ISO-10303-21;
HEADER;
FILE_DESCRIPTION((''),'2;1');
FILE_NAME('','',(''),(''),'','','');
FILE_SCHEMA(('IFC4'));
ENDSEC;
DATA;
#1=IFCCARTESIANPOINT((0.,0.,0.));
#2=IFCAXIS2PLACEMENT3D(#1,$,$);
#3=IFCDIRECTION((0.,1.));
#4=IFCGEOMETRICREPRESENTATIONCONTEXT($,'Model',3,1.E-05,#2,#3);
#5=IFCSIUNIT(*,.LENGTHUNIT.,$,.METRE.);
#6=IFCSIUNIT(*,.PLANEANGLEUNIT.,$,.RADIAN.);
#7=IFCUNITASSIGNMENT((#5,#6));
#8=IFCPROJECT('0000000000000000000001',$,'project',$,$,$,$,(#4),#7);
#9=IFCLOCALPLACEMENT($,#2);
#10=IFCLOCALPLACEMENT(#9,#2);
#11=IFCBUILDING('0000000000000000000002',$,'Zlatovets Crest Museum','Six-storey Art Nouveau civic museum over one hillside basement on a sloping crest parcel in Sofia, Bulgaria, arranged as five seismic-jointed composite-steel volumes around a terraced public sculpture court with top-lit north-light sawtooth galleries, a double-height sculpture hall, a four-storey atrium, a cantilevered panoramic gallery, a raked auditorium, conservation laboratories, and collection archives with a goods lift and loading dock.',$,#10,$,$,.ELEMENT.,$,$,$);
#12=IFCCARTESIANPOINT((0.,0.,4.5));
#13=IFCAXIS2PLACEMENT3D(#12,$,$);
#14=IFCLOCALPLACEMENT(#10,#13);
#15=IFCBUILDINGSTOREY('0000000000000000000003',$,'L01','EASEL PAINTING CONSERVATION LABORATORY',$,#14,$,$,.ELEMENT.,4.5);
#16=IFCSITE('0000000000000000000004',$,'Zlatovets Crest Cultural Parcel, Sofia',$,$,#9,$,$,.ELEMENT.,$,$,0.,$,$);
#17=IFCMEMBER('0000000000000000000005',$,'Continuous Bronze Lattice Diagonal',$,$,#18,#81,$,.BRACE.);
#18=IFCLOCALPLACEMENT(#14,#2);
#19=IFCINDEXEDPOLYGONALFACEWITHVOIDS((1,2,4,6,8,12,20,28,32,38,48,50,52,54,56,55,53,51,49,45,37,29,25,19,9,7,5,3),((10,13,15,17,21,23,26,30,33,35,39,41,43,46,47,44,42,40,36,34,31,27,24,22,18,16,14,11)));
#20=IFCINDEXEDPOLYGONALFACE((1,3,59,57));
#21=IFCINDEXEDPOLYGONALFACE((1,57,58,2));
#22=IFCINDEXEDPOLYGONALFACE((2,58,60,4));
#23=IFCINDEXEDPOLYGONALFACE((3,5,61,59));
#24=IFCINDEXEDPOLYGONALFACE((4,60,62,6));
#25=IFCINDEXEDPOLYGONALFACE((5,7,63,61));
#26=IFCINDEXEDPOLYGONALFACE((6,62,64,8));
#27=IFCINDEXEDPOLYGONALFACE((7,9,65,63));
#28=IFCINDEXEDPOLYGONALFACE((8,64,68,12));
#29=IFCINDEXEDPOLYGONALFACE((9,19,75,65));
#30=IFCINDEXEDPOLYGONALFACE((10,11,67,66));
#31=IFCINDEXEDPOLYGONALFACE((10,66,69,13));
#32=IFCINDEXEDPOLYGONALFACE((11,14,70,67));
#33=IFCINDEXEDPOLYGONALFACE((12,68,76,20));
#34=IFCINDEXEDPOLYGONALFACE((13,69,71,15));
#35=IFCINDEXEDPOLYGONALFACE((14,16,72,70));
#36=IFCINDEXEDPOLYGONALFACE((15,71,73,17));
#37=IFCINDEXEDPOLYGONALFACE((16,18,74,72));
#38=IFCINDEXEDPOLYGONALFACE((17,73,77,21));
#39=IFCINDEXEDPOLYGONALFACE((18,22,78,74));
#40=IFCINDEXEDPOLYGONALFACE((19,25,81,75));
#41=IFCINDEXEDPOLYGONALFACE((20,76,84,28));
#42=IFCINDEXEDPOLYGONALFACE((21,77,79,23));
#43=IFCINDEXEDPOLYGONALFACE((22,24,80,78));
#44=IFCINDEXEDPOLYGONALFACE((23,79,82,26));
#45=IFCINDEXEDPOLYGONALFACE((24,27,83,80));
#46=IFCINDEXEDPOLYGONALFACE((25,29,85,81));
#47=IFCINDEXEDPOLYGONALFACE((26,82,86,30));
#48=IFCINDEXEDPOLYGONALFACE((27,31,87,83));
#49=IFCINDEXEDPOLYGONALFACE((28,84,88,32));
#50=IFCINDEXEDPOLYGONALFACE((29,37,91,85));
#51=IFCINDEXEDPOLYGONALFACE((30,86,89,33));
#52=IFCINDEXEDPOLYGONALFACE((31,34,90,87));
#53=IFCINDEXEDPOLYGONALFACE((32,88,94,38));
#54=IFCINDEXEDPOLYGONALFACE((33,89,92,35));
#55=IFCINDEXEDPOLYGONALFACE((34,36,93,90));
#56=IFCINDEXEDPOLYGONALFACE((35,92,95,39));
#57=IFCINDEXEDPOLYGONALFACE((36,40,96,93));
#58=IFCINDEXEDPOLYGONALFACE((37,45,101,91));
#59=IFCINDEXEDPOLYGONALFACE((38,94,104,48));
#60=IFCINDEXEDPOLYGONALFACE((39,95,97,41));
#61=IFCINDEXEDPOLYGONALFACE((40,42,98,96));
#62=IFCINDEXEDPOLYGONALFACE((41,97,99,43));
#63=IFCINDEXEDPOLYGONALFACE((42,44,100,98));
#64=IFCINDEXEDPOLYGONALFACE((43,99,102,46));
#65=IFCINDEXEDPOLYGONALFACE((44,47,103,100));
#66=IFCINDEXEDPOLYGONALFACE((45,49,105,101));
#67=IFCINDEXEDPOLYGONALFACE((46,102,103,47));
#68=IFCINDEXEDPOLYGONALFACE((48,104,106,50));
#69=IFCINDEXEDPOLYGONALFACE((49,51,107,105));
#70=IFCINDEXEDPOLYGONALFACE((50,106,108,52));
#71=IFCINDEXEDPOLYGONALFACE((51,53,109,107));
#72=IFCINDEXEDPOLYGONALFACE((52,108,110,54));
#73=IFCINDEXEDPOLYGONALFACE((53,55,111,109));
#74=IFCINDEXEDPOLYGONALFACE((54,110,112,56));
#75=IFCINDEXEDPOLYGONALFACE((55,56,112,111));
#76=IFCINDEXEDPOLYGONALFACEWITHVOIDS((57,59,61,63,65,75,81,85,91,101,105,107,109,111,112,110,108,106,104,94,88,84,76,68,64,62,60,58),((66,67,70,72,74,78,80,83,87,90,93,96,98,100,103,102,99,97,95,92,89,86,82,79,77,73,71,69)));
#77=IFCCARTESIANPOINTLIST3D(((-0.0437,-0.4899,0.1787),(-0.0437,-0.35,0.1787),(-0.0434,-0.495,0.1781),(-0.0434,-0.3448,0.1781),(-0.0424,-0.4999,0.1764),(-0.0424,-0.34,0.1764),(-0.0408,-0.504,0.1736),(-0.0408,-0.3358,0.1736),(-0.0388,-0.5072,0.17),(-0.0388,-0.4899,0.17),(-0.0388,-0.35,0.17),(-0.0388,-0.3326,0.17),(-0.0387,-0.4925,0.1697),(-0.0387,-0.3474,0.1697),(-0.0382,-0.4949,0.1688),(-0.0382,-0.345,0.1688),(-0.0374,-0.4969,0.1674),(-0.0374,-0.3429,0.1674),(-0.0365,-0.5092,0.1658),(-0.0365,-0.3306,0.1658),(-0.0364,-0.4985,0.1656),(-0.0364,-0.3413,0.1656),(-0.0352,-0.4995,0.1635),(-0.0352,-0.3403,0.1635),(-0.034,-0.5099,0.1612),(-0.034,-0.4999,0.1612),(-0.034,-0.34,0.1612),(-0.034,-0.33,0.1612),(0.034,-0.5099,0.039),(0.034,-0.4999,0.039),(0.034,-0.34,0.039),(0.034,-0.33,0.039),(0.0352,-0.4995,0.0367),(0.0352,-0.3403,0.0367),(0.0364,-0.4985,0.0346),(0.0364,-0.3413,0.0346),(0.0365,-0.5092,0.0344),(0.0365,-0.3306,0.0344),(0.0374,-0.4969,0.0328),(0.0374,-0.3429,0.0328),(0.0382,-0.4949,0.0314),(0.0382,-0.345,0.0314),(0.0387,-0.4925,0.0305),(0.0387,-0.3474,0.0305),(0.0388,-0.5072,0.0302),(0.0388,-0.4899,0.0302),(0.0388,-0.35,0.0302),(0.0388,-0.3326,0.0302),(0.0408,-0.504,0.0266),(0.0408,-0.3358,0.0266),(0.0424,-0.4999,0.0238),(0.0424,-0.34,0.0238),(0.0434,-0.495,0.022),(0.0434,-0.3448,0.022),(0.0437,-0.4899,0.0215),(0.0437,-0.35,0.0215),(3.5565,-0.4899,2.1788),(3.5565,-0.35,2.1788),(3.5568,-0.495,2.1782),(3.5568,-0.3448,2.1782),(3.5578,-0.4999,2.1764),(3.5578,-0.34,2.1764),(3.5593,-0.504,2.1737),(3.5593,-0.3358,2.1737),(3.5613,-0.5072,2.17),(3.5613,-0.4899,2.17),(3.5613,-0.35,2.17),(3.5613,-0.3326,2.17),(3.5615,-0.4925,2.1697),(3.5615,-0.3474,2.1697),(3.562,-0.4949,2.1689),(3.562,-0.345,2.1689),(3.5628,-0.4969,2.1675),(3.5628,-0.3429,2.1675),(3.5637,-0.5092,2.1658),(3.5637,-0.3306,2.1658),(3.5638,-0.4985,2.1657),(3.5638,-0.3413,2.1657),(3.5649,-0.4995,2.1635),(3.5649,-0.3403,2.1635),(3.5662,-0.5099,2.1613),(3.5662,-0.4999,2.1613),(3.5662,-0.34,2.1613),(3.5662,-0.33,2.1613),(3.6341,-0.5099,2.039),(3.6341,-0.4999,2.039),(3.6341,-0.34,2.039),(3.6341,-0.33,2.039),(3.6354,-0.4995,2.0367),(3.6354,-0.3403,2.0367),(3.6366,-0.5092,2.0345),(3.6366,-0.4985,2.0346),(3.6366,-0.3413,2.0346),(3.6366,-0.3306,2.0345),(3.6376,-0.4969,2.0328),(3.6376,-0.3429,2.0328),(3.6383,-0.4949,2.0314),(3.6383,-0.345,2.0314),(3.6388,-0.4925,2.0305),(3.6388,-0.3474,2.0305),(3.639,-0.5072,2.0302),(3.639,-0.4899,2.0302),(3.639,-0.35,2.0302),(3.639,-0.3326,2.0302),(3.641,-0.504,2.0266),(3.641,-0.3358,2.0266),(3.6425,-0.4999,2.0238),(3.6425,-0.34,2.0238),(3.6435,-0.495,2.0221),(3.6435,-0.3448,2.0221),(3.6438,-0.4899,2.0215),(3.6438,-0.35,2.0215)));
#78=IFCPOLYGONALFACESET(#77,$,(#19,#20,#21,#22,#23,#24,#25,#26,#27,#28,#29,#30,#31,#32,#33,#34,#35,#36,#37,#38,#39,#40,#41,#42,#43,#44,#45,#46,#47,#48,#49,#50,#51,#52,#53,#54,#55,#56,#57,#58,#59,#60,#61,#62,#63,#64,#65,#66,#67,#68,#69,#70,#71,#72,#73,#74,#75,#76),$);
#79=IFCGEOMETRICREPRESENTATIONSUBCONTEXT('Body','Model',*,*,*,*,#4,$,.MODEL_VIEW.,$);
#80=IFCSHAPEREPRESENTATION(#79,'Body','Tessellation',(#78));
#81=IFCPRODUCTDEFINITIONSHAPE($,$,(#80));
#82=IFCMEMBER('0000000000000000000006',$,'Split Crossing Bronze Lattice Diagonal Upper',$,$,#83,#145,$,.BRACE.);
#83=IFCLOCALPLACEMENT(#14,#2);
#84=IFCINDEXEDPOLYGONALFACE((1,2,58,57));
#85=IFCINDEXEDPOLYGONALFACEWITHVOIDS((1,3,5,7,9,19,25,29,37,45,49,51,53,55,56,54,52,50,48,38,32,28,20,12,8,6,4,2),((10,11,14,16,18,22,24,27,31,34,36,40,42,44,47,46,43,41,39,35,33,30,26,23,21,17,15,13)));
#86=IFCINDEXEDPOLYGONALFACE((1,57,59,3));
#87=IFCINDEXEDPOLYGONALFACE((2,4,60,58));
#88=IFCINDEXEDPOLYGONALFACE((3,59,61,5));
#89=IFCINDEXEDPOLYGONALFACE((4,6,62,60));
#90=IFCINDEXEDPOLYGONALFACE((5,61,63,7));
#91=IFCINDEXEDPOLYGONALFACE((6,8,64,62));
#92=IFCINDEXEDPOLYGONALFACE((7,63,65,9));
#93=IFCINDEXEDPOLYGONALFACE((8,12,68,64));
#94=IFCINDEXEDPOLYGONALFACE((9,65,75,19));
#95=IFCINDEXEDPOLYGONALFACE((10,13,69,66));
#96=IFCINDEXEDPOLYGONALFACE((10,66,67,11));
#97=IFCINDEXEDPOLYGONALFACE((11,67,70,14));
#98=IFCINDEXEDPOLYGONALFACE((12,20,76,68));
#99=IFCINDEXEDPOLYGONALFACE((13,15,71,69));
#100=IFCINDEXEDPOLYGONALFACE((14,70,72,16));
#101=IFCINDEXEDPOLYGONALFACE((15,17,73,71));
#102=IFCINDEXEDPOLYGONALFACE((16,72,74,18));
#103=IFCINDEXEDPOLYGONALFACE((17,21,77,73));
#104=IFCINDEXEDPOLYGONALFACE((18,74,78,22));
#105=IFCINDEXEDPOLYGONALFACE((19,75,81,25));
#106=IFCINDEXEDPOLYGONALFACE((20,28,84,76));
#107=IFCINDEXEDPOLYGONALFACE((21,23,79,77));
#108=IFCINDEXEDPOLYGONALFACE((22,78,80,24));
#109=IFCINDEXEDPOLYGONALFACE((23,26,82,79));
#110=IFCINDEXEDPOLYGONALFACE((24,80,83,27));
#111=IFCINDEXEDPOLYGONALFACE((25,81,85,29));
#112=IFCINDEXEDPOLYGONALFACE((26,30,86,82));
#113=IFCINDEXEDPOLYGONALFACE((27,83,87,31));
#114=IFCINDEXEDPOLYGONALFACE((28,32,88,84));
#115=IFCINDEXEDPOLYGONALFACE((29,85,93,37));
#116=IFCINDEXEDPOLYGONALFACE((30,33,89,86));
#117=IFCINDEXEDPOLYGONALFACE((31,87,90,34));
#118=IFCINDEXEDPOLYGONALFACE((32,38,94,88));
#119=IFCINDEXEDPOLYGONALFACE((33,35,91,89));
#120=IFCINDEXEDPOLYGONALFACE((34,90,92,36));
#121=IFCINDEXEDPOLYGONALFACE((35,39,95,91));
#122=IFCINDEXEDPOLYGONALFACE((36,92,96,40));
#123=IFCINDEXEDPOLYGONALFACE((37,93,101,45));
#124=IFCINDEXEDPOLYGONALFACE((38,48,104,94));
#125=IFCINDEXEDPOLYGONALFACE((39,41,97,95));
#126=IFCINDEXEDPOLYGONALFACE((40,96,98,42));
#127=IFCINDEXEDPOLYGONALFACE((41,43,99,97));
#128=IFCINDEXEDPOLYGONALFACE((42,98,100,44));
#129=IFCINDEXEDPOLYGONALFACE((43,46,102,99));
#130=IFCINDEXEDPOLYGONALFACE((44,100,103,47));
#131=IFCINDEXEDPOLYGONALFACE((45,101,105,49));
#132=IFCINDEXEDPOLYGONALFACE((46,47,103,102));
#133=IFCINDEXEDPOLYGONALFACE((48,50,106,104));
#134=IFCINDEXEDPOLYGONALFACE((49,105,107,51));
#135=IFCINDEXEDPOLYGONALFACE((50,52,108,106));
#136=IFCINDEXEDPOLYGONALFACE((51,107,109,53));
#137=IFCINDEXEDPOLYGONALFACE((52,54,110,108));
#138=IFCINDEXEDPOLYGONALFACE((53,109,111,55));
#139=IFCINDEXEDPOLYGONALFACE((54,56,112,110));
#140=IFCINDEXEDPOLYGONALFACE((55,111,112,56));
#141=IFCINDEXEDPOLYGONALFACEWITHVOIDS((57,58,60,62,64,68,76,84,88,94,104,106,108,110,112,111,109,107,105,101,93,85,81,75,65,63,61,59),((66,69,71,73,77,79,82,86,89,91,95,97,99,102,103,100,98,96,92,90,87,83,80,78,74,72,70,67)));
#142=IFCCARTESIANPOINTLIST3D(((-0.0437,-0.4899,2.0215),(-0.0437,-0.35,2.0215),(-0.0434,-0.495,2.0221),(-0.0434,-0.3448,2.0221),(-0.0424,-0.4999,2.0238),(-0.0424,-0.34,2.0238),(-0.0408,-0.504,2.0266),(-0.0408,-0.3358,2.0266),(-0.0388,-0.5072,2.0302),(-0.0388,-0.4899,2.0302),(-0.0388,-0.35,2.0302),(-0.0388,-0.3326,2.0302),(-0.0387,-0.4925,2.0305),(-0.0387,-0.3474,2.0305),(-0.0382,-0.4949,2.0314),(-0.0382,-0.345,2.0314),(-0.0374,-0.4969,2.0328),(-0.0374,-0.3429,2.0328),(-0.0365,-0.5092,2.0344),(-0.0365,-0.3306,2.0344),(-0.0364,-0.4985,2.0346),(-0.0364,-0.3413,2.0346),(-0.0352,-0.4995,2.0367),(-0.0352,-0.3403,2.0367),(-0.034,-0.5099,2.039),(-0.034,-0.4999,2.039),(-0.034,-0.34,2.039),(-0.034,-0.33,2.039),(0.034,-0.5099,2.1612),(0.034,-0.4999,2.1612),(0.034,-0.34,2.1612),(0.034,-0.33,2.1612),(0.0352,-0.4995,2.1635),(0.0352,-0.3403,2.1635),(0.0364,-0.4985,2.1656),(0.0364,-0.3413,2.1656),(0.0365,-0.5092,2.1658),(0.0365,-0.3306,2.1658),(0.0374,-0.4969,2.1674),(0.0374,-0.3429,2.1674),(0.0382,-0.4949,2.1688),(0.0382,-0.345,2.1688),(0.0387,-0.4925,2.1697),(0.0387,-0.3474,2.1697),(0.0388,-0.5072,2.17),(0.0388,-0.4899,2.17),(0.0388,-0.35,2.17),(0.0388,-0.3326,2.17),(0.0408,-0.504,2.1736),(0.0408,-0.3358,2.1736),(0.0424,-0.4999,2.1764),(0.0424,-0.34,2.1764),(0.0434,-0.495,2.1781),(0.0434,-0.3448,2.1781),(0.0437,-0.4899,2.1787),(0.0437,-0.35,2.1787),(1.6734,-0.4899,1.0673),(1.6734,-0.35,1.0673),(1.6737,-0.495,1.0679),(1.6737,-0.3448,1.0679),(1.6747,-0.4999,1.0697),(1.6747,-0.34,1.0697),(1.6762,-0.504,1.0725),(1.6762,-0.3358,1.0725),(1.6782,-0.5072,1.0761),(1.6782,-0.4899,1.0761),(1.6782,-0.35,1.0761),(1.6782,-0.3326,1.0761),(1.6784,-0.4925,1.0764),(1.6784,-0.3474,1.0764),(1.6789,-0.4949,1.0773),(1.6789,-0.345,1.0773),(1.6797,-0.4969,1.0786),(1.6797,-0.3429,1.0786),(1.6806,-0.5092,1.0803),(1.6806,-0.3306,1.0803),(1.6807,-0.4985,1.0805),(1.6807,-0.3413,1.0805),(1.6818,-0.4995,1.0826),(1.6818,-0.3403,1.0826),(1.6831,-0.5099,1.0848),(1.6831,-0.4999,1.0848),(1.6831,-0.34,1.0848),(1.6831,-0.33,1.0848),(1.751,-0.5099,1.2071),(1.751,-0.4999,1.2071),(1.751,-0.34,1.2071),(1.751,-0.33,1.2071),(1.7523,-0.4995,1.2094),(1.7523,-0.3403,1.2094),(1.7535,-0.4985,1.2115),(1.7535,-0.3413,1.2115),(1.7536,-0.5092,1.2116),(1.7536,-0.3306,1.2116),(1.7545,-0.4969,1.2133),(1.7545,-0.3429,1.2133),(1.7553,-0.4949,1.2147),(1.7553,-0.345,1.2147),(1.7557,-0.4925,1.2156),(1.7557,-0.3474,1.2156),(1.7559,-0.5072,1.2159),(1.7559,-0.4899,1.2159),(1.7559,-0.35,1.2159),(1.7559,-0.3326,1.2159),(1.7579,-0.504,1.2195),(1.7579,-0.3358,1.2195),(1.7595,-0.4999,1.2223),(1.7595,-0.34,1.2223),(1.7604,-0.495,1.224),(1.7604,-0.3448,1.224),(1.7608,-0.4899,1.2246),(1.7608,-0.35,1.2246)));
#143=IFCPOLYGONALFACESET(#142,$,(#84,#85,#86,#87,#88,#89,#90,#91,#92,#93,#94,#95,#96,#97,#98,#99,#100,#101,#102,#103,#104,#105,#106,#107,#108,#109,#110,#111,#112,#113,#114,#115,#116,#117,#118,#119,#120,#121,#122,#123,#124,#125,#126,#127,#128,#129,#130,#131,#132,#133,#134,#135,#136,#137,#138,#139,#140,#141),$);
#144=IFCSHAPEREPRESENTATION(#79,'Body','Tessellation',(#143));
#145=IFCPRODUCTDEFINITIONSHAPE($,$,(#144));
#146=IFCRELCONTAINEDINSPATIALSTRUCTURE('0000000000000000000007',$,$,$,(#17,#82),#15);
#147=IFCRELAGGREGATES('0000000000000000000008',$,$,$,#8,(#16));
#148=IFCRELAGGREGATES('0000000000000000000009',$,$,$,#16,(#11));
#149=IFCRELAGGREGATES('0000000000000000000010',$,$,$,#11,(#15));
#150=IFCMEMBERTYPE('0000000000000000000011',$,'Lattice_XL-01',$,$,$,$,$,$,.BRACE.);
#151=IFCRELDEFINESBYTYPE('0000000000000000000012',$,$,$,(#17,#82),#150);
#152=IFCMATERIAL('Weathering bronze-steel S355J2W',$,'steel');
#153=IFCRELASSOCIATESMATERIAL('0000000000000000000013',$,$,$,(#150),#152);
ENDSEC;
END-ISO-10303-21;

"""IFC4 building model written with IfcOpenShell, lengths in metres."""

from ifc_helpers import new_model, si_unit, direction, frame, origin, origin_2d, place, context, subcontext, project, spatial, hollow_rectangle, extrude, material, material_profile, profile_set, type_object, element, save


model = new_model("IFC4")

# Units and contexts
model_context = context("Model", 3, precision=1e-05, world=origin(), true_north=direction((0.0, 1.0)))
body_context = subcontext(model_context, "Body", "Model", "MODEL_VIEW")
ifc_project = project(units=[si_unit("LENGTHUNIT", "METRE"), si_unit("PLANEANGLEUNIT", "RADIAN")], contexts=[model_context])

# Site, building, storey
site_placement = place(None, origin())
site = spatial("IfcSite", under=ifc_project, at=site_placement, Name="Zlatovets Crest Cultural Parcel, Sofia", CompositionType="ELEMENT", RefElevation=0.0)
building_placement = place(site_placement, origin())
building = spatial("IfcBuilding", under=site, at=building_placement, Name="Zlatovets Crest Museum", Description="Six-storey Art Nouveau civic museum over one hillside basement on a sloping crest parcel in Sofia, Bulgaria, arranged as five seismic-jointed composite-steel volumes around a terraced public sculpture court with top-lit north-light sawtooth galleries, a double-height sculpture hall, a four-storey atrium, a cantilevered panoramic gallery, a raked auditorium, conservation laboratories, and collection archives with a goods lift and loading dock.", CompositionType="ELEMENT")
storey_placement = place(building_placement, frame((0.0, 0.0, 4.5)))
storey = spatial("IfcBuildingStorey", under=building, at=storey_placement, Name="L01", Description="EASEL PAINTING CONSERVATION LABORATORY", CompositionType="ELEMENT", Elevation=4.5)

# Members
ifc_material_1 = material(Name="Weathering bronze-steel S355J2W", Category="steel")
ifc_material_profile_1 = material_profile(ifc_material_1, hollow_rectangle(XDim=0.1799, YDim=0.1799, WallThickness=0.01, InnerFilletRadius=0.01, OuterFilletRadius=0.02, at=origin_2d()), Name="SHS 180x180x10.0")
ifc_profile_set_1 = profile_set([ifc_material_profile_1], Name="Weathering bronze-steel S355J2W")
member_type_1 = type_object("IfcMemberType", Name="Lattice_XL-01", PredefinedType="BRACE", material=ifc_profile_set_1)
member_1_placement = place(storey_placement, frame((0.0, -0.4199, 0.1001), z_axis=(0.874163, 0.0, 0.485633), x_axis=(0.0, 1.0, 0.0)))
element("IfcMember", 1, at=member_1_placement, inside=storey, type_object=member_type_1, Name="Continuous Bronze Lattice Diagonal", PredefinedType="BRACE", context=body_context, shape_type="SweptSolid", body=[
    extrude(hollow_rectangle(XDim=0.1799, YDim=0.1799, WallThickness=0.01, InnerFilletRadius=0.01, OuterFilletRadius=0.02, at=origin_2d()), origin(), (0.0, 0.0, 1.0), 4.1184),
])
member_2_placement = place(storey_placement, frame((0.0, -0.4199, 2.1001), z_axis=(0.874116, 0.0, -0.485717), x_axis=(0.0, 1.0, 0.0)))
element("IfcMember", 2, at=member_2_placement, inside=storey, type_object=member_type_1, Name="Split Crossing Bronze Lattice Diagonal Upper", PredefinedType="BRACE", context=body_context, shape_type="SweptSolid", body=[
    extrude(hollow_rectangle(XDim=0.1799, YDim=0.1799, WallThickness=0.01, InnerFilletRadius=0.01, OuterFilletRadius=0.02, at=origin_2d()), origin(), (0.0, 0.0, 1.0), 1.9644),
])

save(model, "model.ifc")
